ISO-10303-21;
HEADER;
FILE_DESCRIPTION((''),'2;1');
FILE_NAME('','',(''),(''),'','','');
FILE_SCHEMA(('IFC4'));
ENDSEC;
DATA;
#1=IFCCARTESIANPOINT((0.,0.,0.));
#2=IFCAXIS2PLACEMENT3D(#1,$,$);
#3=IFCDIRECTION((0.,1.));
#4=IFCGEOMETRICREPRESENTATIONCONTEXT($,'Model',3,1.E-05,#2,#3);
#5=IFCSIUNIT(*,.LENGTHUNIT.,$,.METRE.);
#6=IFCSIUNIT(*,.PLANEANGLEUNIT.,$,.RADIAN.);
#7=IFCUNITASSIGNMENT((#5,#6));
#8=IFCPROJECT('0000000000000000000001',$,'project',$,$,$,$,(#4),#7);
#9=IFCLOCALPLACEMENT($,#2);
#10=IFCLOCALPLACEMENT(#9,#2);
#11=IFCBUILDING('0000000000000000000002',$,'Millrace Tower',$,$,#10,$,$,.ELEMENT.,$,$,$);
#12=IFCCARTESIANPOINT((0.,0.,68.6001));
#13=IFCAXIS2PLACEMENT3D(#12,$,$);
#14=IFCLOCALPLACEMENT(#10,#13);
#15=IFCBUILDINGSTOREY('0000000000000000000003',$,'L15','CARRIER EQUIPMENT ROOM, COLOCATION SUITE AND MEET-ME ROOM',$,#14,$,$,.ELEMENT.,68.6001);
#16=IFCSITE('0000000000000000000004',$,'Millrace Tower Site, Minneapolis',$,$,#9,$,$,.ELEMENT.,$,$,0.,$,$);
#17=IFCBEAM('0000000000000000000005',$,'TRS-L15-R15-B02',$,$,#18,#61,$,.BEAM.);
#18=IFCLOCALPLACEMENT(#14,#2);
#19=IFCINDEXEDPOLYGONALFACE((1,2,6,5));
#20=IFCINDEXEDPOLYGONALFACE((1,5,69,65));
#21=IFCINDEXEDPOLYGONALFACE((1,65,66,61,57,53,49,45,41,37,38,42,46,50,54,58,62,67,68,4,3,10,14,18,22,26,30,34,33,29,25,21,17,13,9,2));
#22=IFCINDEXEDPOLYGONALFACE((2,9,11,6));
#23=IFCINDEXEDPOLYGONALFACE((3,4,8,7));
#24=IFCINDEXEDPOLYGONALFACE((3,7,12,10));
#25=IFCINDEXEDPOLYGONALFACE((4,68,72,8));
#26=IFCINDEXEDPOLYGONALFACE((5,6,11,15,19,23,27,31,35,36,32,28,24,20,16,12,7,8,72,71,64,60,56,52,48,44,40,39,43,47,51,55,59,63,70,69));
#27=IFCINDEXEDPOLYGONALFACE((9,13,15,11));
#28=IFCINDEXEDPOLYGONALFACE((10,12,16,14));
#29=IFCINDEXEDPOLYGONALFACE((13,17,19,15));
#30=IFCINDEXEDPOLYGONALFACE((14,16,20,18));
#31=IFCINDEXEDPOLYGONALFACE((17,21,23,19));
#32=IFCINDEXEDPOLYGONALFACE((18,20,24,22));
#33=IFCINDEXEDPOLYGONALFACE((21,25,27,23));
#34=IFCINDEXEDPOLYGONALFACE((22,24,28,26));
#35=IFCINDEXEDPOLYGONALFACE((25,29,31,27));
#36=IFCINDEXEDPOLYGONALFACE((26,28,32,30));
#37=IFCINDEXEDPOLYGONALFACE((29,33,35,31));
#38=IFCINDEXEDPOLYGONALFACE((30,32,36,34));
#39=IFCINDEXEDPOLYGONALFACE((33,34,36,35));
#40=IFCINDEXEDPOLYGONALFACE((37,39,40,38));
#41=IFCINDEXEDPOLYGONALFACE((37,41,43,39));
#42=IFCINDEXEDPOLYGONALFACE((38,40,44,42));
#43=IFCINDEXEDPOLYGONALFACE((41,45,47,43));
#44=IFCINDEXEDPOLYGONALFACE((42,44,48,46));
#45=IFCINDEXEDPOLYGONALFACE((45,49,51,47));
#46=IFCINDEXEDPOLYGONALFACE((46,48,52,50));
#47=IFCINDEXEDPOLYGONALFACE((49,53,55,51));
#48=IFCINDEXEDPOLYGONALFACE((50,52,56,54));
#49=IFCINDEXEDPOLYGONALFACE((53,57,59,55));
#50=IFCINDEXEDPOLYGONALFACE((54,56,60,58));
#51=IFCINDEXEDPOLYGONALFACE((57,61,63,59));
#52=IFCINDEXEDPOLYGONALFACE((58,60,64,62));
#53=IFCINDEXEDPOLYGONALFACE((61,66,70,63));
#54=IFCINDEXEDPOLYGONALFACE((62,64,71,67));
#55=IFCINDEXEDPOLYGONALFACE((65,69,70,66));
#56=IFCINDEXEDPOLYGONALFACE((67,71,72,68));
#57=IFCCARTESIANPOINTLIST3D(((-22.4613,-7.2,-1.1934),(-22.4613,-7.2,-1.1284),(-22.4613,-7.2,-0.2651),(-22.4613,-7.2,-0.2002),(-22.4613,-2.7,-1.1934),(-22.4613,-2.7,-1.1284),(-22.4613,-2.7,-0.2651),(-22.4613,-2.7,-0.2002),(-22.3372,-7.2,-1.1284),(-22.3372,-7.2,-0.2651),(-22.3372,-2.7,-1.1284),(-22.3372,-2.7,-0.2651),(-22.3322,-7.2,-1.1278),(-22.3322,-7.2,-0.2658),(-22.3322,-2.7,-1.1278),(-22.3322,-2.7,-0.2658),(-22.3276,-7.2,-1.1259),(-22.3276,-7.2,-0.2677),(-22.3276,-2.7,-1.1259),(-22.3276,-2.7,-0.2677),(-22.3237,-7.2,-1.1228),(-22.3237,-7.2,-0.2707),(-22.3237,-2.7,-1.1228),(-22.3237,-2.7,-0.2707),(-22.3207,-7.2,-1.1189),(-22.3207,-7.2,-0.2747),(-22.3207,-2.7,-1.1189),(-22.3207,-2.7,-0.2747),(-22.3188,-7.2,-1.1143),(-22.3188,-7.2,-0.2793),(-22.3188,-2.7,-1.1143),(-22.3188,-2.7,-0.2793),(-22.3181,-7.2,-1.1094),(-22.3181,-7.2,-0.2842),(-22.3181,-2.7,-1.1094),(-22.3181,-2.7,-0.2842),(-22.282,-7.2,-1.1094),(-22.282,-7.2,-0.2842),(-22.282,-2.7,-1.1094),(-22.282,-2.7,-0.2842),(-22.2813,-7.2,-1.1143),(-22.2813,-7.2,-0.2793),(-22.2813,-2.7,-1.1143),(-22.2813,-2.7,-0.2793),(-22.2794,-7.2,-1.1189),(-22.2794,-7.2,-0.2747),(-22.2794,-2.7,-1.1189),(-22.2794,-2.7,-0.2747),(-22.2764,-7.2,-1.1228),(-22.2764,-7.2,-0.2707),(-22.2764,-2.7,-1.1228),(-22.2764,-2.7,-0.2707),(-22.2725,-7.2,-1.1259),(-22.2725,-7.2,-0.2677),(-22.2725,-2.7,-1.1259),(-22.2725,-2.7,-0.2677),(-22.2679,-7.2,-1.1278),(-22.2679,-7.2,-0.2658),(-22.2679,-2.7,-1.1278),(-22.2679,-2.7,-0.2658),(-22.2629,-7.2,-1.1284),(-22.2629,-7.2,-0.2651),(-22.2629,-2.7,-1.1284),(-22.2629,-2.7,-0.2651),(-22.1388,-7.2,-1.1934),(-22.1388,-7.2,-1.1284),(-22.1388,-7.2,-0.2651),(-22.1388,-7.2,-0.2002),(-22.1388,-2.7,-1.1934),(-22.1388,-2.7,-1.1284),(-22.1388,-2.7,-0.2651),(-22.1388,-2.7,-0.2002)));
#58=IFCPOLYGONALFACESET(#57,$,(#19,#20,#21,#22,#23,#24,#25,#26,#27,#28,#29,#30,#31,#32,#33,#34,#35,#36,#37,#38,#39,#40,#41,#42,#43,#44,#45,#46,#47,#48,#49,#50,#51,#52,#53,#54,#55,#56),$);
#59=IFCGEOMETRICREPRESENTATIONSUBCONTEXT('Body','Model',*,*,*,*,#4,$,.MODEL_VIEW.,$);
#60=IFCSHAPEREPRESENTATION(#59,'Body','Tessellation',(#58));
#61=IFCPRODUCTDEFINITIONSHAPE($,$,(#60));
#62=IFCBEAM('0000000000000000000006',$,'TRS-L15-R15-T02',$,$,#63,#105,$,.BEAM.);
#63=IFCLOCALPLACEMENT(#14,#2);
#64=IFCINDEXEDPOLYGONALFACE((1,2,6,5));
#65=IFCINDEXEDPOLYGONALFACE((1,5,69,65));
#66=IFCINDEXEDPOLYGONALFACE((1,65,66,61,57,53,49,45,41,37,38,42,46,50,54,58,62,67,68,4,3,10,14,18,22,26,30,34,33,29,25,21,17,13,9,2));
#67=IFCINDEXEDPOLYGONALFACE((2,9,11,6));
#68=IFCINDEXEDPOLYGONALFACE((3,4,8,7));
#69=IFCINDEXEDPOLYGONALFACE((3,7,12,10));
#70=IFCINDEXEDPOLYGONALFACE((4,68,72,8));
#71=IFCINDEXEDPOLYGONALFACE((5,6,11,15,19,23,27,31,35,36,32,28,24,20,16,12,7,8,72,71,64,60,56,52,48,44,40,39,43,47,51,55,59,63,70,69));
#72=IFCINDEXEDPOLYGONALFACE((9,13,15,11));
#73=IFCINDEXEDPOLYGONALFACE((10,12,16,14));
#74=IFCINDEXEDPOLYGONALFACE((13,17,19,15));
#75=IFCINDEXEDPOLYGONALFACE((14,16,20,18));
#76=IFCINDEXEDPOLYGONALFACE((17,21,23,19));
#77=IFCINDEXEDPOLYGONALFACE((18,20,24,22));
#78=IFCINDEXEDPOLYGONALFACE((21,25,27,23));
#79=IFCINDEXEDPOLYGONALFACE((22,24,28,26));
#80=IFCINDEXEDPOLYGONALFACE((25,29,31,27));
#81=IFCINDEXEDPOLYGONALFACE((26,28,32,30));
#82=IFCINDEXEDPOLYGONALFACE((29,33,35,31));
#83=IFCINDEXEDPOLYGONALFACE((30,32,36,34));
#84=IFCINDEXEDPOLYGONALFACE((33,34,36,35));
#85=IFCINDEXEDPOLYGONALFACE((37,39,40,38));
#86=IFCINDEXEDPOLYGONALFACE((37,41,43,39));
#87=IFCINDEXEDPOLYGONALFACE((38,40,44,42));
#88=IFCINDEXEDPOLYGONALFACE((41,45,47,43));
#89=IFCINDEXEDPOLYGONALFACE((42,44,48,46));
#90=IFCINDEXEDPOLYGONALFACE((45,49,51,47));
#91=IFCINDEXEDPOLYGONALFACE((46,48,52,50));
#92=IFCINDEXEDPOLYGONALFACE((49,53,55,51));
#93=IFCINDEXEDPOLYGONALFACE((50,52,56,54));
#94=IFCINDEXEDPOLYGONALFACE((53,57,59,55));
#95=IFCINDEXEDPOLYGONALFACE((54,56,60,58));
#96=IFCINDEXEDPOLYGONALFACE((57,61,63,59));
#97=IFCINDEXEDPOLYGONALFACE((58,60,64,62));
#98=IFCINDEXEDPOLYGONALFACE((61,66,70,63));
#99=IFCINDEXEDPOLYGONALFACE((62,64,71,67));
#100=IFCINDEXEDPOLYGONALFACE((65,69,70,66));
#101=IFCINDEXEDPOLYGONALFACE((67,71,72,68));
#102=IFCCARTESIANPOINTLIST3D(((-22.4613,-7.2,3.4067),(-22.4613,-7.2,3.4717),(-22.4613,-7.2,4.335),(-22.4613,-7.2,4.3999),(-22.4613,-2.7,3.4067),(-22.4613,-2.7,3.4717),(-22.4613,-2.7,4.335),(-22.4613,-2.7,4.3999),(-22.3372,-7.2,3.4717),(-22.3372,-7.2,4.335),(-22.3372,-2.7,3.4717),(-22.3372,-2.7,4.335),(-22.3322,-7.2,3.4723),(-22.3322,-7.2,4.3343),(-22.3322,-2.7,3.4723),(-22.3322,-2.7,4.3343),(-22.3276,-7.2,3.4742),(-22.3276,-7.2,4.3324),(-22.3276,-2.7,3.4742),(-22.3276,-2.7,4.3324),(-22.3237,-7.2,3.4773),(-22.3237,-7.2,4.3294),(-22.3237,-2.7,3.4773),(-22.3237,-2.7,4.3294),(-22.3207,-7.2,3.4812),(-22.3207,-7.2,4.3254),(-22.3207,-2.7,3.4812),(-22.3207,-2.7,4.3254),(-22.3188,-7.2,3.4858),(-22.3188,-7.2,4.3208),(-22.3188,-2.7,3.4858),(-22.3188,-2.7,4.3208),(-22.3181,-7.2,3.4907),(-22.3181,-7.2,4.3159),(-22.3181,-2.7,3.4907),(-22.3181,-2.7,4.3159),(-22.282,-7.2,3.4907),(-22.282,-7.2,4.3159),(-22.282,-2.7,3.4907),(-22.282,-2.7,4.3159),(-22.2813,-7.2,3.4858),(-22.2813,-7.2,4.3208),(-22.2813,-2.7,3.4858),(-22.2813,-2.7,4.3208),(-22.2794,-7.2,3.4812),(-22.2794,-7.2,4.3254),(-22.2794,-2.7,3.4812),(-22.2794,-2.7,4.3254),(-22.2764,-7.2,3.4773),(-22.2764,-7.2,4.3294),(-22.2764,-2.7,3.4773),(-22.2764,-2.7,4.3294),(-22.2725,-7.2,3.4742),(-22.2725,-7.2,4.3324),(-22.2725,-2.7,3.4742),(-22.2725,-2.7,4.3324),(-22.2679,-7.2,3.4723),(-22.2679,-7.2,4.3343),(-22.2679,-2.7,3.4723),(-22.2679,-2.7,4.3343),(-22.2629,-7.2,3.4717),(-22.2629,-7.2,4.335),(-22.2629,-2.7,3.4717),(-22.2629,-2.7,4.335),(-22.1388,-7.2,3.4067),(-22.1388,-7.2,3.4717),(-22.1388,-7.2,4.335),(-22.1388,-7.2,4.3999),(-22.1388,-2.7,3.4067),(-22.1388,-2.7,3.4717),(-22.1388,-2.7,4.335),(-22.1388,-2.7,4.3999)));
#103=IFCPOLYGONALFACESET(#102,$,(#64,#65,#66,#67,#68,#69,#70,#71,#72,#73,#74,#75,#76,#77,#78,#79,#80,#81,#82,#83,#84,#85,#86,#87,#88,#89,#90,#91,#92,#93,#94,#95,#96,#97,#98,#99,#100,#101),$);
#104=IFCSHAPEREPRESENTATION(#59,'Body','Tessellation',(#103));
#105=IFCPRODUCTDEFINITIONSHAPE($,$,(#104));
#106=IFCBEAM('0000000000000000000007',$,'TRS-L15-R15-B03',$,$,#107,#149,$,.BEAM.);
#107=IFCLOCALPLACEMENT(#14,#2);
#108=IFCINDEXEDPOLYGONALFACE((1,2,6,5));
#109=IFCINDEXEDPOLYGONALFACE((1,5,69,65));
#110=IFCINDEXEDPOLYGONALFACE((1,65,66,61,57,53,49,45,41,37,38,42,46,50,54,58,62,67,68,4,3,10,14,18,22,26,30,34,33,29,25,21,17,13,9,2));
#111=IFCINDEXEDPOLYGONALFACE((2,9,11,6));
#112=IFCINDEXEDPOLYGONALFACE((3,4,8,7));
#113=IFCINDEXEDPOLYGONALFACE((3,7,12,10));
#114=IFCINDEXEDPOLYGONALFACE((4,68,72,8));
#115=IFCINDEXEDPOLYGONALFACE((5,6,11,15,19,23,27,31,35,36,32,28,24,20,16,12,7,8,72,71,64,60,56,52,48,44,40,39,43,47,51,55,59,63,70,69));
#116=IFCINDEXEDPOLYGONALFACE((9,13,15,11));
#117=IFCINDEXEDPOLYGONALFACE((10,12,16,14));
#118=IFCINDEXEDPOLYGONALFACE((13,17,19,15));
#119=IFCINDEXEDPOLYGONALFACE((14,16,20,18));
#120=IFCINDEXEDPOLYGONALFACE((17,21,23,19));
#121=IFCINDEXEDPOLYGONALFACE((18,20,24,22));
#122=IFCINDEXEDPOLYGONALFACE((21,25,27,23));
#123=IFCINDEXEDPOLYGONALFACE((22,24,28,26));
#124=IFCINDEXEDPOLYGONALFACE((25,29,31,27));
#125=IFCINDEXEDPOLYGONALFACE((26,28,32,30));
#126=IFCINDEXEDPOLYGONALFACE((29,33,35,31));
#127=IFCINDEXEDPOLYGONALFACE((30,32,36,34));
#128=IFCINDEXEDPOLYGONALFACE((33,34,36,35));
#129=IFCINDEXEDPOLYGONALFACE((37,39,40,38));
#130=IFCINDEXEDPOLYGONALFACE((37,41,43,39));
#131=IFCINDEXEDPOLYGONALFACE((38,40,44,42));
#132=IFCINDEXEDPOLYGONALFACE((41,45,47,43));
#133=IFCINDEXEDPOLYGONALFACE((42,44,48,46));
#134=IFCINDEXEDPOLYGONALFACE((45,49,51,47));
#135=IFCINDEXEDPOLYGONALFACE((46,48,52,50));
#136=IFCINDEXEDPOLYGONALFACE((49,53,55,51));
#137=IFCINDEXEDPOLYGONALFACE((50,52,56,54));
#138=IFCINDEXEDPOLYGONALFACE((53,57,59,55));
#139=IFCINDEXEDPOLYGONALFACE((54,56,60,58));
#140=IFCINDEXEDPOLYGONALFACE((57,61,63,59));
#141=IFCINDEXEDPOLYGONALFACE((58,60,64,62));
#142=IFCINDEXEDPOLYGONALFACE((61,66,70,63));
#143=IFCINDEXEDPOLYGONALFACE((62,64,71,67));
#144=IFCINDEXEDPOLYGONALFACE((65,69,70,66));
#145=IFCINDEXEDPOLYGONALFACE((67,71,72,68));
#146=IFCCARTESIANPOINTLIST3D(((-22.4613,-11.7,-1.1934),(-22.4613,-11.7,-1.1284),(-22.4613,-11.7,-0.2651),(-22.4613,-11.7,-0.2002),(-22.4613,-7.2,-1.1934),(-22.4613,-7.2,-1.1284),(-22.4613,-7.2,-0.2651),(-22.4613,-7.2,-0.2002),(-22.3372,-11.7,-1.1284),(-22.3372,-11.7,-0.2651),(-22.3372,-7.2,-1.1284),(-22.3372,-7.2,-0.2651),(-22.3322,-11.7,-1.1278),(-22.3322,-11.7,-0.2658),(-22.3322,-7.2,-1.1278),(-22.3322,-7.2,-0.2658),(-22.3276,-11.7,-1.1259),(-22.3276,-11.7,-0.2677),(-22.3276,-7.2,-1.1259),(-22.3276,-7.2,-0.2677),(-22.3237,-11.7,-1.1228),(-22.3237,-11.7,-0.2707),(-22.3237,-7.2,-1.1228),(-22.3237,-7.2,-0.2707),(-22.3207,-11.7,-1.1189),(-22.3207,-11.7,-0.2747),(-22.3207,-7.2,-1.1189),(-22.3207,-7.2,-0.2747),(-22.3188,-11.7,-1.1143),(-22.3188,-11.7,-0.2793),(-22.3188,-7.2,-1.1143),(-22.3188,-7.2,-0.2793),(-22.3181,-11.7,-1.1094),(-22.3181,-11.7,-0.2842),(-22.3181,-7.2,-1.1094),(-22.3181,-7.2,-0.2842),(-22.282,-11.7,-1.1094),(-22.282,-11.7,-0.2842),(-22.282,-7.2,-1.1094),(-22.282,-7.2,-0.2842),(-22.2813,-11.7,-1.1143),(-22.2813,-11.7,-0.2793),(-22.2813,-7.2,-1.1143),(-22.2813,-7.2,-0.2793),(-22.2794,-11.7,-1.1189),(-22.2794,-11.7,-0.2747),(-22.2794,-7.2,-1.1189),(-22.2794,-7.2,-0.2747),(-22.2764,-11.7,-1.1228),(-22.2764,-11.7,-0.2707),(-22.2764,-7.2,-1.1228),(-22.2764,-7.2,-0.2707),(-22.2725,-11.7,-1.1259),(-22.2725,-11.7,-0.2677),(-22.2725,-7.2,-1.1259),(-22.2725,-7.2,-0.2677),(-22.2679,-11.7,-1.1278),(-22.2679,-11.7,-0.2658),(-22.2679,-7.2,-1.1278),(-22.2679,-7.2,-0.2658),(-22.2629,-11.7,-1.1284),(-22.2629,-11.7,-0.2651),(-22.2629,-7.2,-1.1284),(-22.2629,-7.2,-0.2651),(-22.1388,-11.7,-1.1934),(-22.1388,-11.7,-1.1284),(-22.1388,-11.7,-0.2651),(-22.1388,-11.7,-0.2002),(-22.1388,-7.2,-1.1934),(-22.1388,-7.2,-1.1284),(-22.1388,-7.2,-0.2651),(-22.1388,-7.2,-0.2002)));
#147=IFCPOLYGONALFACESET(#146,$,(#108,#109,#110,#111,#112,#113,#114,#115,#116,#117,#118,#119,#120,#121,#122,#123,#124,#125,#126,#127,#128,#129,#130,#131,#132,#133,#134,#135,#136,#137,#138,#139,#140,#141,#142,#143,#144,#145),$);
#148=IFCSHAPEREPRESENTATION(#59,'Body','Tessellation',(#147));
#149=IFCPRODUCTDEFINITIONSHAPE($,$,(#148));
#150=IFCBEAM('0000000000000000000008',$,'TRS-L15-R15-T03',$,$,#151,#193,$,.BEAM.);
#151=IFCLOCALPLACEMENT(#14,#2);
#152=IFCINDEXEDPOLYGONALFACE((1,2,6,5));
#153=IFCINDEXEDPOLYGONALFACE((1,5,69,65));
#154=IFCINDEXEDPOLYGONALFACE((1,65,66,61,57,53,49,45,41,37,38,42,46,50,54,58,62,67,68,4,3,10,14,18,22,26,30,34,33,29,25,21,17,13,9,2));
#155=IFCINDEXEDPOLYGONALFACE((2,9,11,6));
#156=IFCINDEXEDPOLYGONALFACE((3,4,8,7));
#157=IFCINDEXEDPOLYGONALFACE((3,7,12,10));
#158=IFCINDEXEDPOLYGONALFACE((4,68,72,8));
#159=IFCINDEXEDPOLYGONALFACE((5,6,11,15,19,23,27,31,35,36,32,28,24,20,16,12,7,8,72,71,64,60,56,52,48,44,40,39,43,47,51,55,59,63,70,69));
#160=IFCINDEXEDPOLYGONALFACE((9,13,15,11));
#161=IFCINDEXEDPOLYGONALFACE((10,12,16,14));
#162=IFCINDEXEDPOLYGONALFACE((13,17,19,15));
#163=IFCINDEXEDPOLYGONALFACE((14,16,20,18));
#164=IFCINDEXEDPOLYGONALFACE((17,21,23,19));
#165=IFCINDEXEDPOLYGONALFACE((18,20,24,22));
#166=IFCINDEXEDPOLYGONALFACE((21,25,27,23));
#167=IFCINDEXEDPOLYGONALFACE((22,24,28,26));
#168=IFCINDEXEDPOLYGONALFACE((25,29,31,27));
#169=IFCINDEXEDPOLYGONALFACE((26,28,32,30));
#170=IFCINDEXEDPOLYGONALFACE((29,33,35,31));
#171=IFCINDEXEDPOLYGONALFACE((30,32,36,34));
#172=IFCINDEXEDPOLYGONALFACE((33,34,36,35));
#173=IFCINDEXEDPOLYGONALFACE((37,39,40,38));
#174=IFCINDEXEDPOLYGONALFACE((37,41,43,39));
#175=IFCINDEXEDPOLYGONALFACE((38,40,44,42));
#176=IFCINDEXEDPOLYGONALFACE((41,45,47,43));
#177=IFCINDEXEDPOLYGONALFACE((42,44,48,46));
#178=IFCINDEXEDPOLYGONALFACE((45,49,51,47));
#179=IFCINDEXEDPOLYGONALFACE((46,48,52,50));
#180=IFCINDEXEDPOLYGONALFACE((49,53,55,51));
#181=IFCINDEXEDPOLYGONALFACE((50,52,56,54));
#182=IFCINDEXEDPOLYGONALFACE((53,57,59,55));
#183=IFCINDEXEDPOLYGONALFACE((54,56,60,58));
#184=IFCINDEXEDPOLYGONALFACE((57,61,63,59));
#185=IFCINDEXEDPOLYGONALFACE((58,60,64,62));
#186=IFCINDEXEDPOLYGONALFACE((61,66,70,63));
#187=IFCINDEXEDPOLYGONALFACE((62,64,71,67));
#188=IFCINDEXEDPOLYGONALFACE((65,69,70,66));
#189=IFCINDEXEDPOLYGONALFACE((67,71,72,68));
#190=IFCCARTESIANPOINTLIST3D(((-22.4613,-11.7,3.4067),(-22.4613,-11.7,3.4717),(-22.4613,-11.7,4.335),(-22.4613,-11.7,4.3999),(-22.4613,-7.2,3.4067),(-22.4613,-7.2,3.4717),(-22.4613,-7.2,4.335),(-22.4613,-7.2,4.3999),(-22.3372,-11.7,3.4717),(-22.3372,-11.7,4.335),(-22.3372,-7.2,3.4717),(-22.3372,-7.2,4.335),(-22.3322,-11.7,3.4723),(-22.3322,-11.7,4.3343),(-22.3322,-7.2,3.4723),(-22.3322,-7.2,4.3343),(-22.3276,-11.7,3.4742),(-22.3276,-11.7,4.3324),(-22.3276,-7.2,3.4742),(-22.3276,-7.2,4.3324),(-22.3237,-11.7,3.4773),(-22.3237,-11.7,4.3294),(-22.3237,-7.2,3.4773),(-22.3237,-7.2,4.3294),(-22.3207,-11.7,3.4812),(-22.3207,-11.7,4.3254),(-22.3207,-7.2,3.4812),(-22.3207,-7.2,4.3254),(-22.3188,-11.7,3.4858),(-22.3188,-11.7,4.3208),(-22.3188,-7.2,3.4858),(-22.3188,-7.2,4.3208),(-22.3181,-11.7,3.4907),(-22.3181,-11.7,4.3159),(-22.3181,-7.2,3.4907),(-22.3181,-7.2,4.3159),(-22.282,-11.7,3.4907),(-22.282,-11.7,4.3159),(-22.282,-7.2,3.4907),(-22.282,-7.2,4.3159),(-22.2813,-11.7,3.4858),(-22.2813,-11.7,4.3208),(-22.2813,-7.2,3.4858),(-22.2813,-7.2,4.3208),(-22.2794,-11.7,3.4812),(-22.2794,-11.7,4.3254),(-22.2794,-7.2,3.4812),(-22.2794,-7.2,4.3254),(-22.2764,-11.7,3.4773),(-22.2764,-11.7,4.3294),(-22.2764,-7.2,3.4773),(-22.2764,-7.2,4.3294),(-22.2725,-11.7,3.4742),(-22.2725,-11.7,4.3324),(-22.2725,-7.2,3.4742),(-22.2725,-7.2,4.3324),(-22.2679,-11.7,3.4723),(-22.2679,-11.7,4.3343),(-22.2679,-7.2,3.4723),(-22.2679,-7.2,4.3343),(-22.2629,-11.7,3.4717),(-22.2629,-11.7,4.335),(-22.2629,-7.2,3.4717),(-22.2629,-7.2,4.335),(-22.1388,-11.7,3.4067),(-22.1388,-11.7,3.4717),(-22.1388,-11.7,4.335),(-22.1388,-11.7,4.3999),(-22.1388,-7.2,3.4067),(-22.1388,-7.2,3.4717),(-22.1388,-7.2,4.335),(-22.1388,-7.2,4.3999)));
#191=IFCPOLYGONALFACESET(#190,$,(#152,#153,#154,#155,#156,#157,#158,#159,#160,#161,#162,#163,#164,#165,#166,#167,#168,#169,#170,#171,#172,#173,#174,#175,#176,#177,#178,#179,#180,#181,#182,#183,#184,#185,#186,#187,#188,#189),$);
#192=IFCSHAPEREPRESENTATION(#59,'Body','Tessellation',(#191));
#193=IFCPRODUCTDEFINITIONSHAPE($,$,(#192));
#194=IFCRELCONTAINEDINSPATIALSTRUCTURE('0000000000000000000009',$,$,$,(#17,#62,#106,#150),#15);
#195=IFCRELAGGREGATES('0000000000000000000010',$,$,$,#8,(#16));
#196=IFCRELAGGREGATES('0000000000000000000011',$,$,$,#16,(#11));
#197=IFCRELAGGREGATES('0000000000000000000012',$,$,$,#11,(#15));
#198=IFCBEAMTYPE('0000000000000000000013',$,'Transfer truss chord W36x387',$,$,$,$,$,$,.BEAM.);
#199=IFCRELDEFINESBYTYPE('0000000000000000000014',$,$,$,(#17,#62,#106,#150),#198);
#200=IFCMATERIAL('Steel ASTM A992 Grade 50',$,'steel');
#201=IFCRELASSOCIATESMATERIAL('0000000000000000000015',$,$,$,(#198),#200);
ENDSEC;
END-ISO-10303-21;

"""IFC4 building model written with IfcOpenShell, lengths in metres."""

from ifc_helpers import new_model, si_unit, direction, frame, origin, origin_2d, place, context, subcontext, project, spatial, i_section, extrude, material, material_profile, profile_set, type_object, element, save


model = new_model("IFC4")

# Units and contexts
model_context = context("Model", 3, precision=1e-05, world=origin(), true_north=direction((0.0, 1.0)))
body_context = subcontext(model_context, "Body", "Model", "MODEL_VIEW")
ifc_project = project(units=[si_unit("LENGTHUNIT", "METRE"), si_unit("PLANEANGLEUNIT", "RADIAN")], contexts=[model_context])

# Site, building, storey
site_placement = place(None, origin())
site = spatial("IfcSite", under=ifc_project, at=site_placement, Name="Millrace Tower Site, Minneapolis", CompositionType="ELEMENT", RefElevation=0.0)
building_placement = place(site_placement, origin())
building = spatial("IfcBuilding", under=site, at=building_placement, Name="Millrace Tower", CompositionType="ELEMENT")
storey_placement = place(building_placement, frame((0.0, 0.0, 68.6001)))
storey = spatial("IfcBuildingStorey", under=building, at=storey_placement, Name="L15", Description="CARRIER EQUIPMENT ROOM, COLOCATION SUITE AND MEET-ME ROOM", CompositionType="ELEMENT", Elevation=68.6001)

# Beams
ifc_material_1 = material(Name="Steel ASTM A992 Grade 50", Category="steel")
ifc_material_profile_1 = material_profile(ifc_material_1, i_section(OverallWidth=0.3225, OverallDepth=0.9932, WebThickness=0.0361, FlangeThickness=0.0649, FilletRadius=0.019, at=origin_2d()))
ifc_profile_set_1 = profile_set([ifc_material_profile_1], Name="Steel ASTM A992 Grade 50")
beam_type_1 = type_object("IfcBeamType", Name="Transfer truss chord W36x387", PredefinedType="BEAM", material=ifc_profile_set_1)
for number, where, z_axis, x_axis, name in (
    (1, (-22.3, -2.7, -0.6968), (0.0, -1.0, 0.0), (1.0, 0.0, 0.0), "TRS-L15-R15-B02"),
    (2, (-22.3, -2.7, 3.9033), (0.0, -1.0, 0.0), (1.0, 0.0, 0.0), "TRS-L15-R15-T02"),
    (3, (-22.3, -7.2, -0.6968), (0.0, -1.0, 0.0), (1.0, 0.0, 0.0), "TRS-L15-R15-B03"),
    (4, (-22.3, -7.2, 3.9033), (0.0, -1.0, 0.0), (1.0, 0.0, 0.0), "TRS-L15-R15-T03"),
):
    element("IfcBeam", number, at=place(storey_placement, frame(where, z_axis=z_axis, x_axis=x_axis)), inside=storey, type_object=beam_type_1, Name=name, PredefinedType="BEAM", context=body_context, shape_type="SweptSolid", body=[
        extrude(i_section(OverallWidth=0.3225, OverallDepth=0.9932, WebThickness=0.0361, FlangeThickness=0.0649, FilletRadius=0.019, at=origin_2d()), origin(), (0.0, 0.0, 1.0), 4.5),
    ])

save(model, "model.ifc")
